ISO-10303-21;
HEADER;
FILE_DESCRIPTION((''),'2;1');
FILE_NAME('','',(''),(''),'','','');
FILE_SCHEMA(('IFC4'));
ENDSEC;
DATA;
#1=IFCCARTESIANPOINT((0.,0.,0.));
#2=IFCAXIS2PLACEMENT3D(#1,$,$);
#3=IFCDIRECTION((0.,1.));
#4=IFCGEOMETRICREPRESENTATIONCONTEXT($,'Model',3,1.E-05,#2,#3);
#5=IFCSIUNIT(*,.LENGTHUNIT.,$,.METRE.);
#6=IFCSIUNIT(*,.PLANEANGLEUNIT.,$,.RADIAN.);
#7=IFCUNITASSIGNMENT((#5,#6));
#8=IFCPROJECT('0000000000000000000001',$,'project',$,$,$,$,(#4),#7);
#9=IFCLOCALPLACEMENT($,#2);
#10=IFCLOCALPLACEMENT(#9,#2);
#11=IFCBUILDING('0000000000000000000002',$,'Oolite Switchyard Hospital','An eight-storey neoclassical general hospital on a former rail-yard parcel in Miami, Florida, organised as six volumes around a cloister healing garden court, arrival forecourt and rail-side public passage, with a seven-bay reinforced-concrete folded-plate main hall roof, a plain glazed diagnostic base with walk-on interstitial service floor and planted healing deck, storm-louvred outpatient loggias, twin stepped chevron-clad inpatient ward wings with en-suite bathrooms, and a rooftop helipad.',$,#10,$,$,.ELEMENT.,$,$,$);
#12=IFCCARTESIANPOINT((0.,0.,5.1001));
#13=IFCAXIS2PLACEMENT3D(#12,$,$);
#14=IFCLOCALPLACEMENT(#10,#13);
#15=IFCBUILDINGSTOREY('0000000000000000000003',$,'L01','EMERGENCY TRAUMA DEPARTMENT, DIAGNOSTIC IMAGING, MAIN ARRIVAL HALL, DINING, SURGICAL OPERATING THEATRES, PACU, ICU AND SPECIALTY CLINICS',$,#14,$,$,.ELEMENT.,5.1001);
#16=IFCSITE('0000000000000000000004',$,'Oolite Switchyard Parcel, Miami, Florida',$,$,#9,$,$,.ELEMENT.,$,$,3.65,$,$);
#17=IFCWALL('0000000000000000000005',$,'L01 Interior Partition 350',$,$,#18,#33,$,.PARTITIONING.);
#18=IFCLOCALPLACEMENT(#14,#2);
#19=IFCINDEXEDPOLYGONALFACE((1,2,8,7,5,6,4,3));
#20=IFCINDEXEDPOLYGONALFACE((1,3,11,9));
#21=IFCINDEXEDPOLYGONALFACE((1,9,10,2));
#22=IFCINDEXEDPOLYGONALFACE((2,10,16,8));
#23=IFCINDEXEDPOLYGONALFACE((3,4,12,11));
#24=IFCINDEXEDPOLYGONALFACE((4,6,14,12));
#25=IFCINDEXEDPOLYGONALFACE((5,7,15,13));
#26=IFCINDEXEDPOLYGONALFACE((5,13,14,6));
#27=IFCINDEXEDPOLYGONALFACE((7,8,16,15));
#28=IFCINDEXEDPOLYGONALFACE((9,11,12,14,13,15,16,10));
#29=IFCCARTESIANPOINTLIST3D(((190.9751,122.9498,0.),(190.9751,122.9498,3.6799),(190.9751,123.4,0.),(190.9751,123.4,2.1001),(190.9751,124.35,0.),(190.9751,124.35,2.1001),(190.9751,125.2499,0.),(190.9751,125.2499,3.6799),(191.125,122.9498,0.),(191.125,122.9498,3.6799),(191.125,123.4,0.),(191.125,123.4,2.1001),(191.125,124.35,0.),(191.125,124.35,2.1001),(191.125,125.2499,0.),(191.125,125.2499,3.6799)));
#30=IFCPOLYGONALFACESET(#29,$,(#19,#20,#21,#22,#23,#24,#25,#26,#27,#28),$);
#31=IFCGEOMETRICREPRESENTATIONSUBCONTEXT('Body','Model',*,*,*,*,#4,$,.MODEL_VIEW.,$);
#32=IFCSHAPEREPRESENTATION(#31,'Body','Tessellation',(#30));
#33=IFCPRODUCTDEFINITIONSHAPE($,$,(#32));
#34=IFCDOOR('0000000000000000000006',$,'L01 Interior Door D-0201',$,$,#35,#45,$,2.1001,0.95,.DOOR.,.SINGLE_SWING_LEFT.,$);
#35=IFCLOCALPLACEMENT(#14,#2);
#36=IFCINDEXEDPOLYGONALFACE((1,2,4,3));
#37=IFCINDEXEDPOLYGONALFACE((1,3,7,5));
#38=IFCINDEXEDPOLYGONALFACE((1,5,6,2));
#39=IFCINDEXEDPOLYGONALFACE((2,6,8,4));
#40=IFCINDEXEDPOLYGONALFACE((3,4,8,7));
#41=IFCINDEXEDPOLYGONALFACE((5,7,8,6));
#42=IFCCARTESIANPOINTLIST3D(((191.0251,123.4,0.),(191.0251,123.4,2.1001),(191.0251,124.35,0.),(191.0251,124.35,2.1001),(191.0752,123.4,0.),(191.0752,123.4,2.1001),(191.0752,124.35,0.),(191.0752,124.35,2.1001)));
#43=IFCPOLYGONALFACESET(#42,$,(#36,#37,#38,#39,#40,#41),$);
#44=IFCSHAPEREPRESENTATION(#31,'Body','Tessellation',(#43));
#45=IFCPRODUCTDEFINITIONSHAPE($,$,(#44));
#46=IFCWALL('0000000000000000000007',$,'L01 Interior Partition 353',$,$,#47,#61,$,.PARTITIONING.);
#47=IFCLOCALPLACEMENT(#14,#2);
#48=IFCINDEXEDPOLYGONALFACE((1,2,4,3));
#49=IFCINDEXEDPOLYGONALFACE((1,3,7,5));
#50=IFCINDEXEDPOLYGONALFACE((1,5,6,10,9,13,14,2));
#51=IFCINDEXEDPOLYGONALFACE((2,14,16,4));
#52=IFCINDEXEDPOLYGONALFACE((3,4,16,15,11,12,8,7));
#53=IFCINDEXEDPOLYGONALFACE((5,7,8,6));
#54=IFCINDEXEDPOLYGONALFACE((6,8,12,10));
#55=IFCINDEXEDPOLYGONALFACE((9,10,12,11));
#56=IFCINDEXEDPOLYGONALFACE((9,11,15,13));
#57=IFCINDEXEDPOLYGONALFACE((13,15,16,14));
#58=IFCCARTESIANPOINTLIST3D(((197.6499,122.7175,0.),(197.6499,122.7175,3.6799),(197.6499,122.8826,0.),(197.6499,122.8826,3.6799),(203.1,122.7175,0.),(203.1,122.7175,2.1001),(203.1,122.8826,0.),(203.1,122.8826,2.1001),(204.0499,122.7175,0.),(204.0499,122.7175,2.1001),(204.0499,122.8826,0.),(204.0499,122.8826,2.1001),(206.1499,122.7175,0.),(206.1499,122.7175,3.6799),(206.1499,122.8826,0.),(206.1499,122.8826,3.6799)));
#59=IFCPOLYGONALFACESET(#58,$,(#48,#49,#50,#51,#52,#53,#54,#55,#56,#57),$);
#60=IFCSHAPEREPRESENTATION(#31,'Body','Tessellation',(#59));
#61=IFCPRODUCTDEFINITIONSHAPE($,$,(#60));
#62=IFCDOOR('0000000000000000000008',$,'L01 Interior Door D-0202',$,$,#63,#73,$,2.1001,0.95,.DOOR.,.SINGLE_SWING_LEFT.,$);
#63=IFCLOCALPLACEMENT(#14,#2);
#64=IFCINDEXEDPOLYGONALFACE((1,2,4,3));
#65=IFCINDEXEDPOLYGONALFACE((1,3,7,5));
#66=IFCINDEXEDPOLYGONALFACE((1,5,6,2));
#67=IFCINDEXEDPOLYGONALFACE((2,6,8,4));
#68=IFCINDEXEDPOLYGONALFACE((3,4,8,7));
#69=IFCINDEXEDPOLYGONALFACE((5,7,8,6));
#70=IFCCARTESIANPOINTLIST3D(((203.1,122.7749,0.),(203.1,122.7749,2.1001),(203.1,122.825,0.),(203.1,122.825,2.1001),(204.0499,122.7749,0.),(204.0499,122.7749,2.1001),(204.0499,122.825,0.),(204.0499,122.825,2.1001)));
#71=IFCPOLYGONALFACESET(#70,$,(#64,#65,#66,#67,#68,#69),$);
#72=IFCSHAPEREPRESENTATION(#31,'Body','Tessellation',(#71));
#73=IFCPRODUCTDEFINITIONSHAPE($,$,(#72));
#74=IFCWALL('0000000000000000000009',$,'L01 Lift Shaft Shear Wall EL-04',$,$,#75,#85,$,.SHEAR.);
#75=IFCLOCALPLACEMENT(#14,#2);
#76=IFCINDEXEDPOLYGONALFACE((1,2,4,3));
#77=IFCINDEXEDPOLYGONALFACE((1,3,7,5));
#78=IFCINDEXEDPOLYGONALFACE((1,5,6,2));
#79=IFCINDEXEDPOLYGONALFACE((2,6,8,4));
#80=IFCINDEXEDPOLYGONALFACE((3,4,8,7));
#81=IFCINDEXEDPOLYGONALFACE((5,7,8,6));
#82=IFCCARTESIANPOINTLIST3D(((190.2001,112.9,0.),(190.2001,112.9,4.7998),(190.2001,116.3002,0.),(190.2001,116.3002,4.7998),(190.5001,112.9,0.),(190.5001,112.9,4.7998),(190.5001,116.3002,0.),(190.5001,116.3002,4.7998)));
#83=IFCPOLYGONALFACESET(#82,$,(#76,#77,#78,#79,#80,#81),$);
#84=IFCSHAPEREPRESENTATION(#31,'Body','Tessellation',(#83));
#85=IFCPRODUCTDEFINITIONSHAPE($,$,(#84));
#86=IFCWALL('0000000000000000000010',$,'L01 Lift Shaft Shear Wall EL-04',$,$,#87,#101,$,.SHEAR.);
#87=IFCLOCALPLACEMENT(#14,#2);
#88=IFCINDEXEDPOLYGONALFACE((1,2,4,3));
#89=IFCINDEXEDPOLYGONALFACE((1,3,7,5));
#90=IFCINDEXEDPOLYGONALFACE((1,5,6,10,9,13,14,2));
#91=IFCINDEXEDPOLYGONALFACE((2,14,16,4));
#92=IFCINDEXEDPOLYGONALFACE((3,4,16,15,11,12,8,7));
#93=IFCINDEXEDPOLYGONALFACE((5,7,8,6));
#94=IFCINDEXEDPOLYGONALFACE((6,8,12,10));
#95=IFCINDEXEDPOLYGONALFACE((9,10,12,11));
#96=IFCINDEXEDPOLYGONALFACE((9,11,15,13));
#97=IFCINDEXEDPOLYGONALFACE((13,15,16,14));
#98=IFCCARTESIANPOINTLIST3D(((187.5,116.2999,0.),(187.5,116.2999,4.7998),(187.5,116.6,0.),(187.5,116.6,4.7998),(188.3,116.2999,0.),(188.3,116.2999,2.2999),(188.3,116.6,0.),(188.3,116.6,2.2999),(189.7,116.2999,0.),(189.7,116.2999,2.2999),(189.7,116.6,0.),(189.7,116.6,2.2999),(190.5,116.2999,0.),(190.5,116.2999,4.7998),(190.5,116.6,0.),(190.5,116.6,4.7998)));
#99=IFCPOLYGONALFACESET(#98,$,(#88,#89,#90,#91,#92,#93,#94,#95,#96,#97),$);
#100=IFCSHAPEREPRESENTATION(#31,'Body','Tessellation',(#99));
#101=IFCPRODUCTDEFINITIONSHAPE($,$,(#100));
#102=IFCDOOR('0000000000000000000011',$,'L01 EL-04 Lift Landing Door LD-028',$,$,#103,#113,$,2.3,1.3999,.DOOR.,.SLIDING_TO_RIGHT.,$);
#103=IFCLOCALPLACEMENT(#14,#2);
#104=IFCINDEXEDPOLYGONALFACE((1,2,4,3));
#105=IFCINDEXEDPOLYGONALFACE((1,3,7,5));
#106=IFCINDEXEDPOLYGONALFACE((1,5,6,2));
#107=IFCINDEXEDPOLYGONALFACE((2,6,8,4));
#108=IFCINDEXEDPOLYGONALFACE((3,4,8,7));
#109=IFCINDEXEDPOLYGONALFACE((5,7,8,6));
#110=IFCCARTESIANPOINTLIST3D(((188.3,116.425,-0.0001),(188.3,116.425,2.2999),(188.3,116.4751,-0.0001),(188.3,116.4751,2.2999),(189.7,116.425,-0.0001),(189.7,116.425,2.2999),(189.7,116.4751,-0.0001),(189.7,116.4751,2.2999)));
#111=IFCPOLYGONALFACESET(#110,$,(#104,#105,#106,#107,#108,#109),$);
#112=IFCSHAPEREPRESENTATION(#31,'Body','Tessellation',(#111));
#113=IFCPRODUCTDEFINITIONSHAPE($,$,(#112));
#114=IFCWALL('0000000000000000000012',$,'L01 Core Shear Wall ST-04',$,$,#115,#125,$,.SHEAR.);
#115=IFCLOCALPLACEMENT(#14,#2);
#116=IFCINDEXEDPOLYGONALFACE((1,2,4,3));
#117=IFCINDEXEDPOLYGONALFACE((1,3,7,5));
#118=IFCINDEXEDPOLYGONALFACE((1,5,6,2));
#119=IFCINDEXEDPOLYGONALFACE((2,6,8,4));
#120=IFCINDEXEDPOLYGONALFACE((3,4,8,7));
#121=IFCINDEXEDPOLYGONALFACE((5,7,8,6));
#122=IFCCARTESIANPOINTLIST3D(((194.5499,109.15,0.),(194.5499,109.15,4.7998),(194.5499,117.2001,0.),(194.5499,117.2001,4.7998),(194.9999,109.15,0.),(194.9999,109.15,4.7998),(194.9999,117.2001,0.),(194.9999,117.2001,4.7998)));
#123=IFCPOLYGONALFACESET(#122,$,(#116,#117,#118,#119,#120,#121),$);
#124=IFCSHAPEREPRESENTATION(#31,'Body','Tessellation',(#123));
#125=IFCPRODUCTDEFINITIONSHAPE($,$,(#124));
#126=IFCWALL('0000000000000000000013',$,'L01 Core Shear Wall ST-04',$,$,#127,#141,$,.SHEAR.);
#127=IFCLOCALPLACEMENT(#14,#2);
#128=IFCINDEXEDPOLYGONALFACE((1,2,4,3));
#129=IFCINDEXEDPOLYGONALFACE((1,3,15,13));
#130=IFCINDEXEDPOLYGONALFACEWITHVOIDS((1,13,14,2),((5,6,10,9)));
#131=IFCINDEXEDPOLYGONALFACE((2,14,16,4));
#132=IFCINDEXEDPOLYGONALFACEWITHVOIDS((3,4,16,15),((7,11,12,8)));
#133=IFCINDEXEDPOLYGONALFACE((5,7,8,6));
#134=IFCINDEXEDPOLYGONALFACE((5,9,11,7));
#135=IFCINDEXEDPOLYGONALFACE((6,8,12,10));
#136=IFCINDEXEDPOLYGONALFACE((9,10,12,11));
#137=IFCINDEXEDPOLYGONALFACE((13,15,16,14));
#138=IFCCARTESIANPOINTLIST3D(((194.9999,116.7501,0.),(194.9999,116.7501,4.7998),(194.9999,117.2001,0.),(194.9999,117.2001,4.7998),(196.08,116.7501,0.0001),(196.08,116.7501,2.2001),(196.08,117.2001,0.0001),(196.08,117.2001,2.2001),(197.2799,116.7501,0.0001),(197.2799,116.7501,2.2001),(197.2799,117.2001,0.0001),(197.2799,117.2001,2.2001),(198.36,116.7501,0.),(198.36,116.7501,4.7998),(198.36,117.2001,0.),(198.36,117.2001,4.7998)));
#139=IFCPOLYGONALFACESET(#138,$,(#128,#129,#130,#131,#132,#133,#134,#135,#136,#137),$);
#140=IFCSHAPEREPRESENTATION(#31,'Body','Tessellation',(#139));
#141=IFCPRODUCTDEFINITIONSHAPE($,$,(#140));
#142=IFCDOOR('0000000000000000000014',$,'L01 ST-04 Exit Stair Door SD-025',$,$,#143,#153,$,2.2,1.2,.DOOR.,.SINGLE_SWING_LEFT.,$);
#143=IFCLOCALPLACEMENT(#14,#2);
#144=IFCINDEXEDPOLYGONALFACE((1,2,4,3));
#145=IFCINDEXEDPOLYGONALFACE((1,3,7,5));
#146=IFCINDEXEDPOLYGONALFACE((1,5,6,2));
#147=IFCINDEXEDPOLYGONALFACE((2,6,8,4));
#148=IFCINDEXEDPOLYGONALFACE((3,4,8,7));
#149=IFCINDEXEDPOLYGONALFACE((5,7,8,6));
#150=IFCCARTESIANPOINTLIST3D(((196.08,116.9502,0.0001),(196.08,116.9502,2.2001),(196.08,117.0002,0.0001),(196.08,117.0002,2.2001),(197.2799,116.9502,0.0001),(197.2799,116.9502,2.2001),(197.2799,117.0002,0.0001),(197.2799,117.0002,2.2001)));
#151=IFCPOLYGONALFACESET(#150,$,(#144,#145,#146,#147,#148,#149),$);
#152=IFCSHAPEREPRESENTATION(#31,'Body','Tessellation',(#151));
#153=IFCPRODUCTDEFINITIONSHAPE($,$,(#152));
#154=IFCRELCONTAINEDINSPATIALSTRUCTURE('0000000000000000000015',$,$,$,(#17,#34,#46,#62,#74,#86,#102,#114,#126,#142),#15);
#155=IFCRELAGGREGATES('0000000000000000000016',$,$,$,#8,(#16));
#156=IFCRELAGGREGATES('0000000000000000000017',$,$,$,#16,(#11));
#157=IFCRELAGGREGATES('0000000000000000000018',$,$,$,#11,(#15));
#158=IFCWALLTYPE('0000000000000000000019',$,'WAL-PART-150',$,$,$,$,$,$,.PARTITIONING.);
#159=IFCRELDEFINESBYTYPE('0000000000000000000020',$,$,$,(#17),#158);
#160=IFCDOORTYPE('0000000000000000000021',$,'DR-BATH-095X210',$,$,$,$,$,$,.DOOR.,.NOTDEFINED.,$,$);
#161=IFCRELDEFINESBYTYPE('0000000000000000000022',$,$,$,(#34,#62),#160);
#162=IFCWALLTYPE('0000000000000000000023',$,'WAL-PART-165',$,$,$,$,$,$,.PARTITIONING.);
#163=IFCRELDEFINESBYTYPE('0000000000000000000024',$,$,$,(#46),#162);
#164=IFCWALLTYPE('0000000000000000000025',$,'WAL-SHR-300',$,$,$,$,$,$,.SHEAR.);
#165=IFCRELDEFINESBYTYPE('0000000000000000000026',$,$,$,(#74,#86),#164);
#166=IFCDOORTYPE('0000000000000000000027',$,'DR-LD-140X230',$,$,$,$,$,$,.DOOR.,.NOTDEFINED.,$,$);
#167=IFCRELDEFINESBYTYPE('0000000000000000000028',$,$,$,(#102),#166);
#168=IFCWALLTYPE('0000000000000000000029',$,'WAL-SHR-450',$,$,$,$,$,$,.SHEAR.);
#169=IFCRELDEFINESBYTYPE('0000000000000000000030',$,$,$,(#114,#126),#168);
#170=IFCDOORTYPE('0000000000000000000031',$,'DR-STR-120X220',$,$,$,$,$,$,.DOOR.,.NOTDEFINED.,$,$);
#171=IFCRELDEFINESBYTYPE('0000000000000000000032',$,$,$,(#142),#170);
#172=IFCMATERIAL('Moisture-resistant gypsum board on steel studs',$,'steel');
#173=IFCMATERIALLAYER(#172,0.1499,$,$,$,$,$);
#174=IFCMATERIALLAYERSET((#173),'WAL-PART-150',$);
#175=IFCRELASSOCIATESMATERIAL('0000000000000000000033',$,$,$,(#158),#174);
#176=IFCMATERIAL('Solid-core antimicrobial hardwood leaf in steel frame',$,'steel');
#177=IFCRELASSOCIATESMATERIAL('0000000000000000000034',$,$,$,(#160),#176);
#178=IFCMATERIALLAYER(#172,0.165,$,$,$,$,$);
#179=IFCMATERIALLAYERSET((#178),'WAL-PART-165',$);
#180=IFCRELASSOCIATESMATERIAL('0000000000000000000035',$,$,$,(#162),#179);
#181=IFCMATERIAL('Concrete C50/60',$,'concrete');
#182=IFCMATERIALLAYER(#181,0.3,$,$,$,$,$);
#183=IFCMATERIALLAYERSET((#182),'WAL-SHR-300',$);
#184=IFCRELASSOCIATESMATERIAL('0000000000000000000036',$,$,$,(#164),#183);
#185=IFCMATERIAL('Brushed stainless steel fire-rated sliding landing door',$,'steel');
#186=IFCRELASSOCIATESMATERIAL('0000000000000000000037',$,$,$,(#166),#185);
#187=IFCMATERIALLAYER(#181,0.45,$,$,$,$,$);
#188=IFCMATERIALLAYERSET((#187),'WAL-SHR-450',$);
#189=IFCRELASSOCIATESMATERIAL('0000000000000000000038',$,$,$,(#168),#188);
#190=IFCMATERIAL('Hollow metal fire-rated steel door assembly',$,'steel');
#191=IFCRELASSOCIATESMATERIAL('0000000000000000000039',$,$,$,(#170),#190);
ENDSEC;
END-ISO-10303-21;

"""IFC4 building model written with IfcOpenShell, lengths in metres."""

from ifc_helpers import new_model, si_unit, direction, frame, frame_2d, origin, place, context, subcontext, project, spatial, rectangle, extrude, material, layer, layer_set, type_object, element, fill, save


model = new_model("IFC4")

# Units and contexts
model_context = context("Model", 3, precision=1e-05, world=origin(), true_north=direction((0.0, 1.0)))
body_context = subcontext(model_context, "Body", "Model", "MODEL_VIEW")
ifc_project = project(units=[si_unit("LENGTHUNIT", "METRE"), si_unit("PLANEANGLEUNIT", "RADIAN")], contexts=[model_context])

# Site, building, storey
site_placement = place(None, origin())
site = spatial("IfcSite", under=ifc_project, at=site_placement, Name="Oolite Switchyard Parcel, Miami, Florida", CompositionType="ELEMENT", RefElevation=3.65)
building_placement = place(site_placement, origin())
building = spatial("IfcBuilding", under=site, at=building_placement, Name="Oolite Switchyard Hospital", Description="An eight-storey neoclassical general hospital on a former rail-yard parcel in Miami, Florida, organised as six volumes around a cloister healing garden court, arrival forecourt and rail-side public passage, with a seven-bay reinforced-concrete folded-plate main hall roof, a plain glazed diagnostic base with walk-on interstitial service floor and planted healing deck, storm-louvred outpatient loggias, twin stepped chevron-clad inpatient ward wings with en-suite bathrooms, and a rooftop helipad.", CompositionType="ELEMENT")
storey_placement = place(building_placement, frame((0.0, 0.0, 5.1001)))
storey = spatial("IfcBuildingStorey", under=building, at=storey_placement, Name="L01", Description="EMERGENCY TRAUMA DEPARTMENT, DIAGNOSTIC IMAGING, MAIN ARRIVAL HALL, DINING, SURGICAL OPERATING THEATRES, PACU, ICU AND SPECIALTY CLINICS", CompositionType="ELEMENT", Elevation=5.1001)

# Shared definitions
ifc_material_1 = material(Name="Concrete C50/60", Category="concrete")

# Shared definitions
ifc_material_2 = material(Name="Moisture-resistant gypsum board on steel studs", Category="steel")

# Walls, openings, doors
ifc_layer_1 = layer(ifc_material_2, 0.1499)
ifc_layer_set_1 = layer_set([ifc_layer_1], Name="WAL-PART-150")
wall_type_1 = type_object("IfcWallType", Name="WAL-PART-150", PredefinedType="PARTITIONING", material=ifc_layer_set_1)
wall_1_placement = place(storey_placement, frame((191.05, 122.95, 0.0), z_axis=(0.0, 0.0, 1.0), x_axis=(0.0, 1.0, 0.0)))
wall_1 = element("IfcWall", 1, at=wall_1_placement, inside=storey, type_object=wall_type_1, Name="L01 Interior Partition 350", PredefinedType="PARTITIONING", context=body_context, shape_type="SweptSolid", body=[
    extrude(rectangle(XDim=2.3, YDim=0.1499, at=frame_2d((1.1499, 0.0))), origin(), (0.0, 0.0, 1.0), 3.6799),
])
opening_1_placement = place(wall_1_placement, frame((0.45, 0.0, 0.0)))
opening_1 = element("IfcOpeningElement", 2, at=opening_1_placement, cuts=wall_1, PredefinedType="OPENING", context=body_context, shape_type="SweptSolid", body=[
    extrude(rectangle(XDim=0.95, YDim=2.1001, at=frame_2d((0.4751, 1.05))), frame((0.0, 0.085, 0.0), z_axis=(0.0, -1.0, 0.0), x_axis=(1.0, 0.0, 0.0)), (0.0, 0.0, 1.0), 0.1699),
])
ifc_material_3 = material(Name="Solid-core antimicrobial hardwood leaf in steel frame", Category="steel")
door_type_1 = type_object("IfcDoorType", Name="DR-BATH-095X210", OperationType="NOTDEFINED", PredefinedType="DOOR", material=ifc_material_3)
door_1_placement = place(opening_1_placement, origin())
door_1 = element("IfcDoor", 3, at=door_1_placement, inside=storey, type_object=door_type_1, Name="L01 Interior Door D-0201", OperationType="SINGLE_SWING_LEFT", OverallHeight=2.1001, OverallWidth=0.95, PredefinedType="DOOR", context=body_context, shape_type="SweptSolid", body=[
    extrude(rectangle(XDim=0.95, YDim=2.1001, at=frame_2d((0.4751, 1.05))), frame((0.0, 0.0249, 0.0), z_axis=(0.0, -1.0, 0.0), x_axis=(1.0, 0.0, 0.0)), (0.0, 0.0, 1.0), 0.05),
])
fill(opening_1, door_1)
ifc_layer_2 = layer(ifc_material_2, 0.165)
ifc_layer_set_2 = layer_set([ifc_layer_2], Name="WAL-PART-165")
wall_type_2 = type_object("IfcWallType", Name="WAL-PART-165", PredefinedType="PARTITIONING", material=ifc_layer_set_2)
wall_2_placement = place(storey_placement, frame((197.6499, 122.8, 0.0), z_axis=(0.0, 0.0, 1.0), x_axis=(1.0, 0.0, 0.0)))
wall_2 = element("IfcWall", 4, at=wall_2_placement, inside=storey, type_object=wall_type_2, Name="L01 Interior Partition 353", PredefinedType="PARTITIONING", context=body_context, shape_type="SweptSolid", body=[
    extrude(rectangle(XDim=8.5, YDim=0.165, at=frame_2d((4.25, 0.0))), origin(), (0.0, 0.0, 1.0), 3.6799),
])
opening_2_placement = place(wall_2_placement, frame((5.45, 0.0, 0.0)))
opening_2 = element("IfcOpeningElement", 5, at=opening_2_placement, cuts=wall_2, PredefinedType="OPENING", context=body_context, shape_type="SweptSolid", body=[
    extrude(rectangle(XDim=0.95, YDim=2.1001, at=frame_2d((0.4751, 1.05))), frame((0.0, 0.0925, 0.0), z_axis=(0.0, -1.0, 0.0), x_axis=(1.0, 0.0, 0.0)), (0.0, 0.0, 1.0), 0.1851),
])
door_2_placement = place(opening_2_placement, origin())
door_2 = element("IfcDoor", 6, at=door_2_placement, inside=storey, type_object=door_type_1, Name="L01 Interior Door D-0202", OperationType="SINGLE_SWING_LEFT", OverallHeight=2.1001, OverallWidth=0.95, PredefinedType="DOOR", context=body_context, shape_type="SweptSolid", body=[
    extrude(rectangle(XDim=0.95, YDim=2.1001, at=frame_2d((0.4751, 1.05))), frame((0.0, 0.0249, 0.0), z_axis=(0.0, -1.0, 0.0), x_axis=(1.0, 0.0, 0.0)), (0.0, 0.0, 1.0), 0.05),
])
fill(opening_2, door_2)

# Wall
ifc_layer_3 = layer(ifc_material_1, 0.3)
ifc_layer_set_3 = layer_set([ifc_layer_3], Name="WAL-SHR-300")
wall_type_3 = type_object("IfcWallType", Name="WAL-SHR-300", PredefinedType="SHEAR", material=ifc_layer_set_3)
wall_3_placement = place(storey_placement, frame((190.3501, 112.8999, 0.0), z_axis=(0.0, 0.0, 1.0), x_axis=(0.0, 1.0, 0.0)))
element("IfcWall", 7, at=wall_3_placement, inside=storey, type_object=wall_type_3, Name="L01 Lift Shaft Shear Wall EL-04", PredefinedType="SHEAR", context=body_context, shape_type="SweptSolid", body=[
    extrude(rectangle(XDim=3.4001, YDim=0.3, at=frame_2d((1.7002, 0.0))), origin(), (0.0, 0.0, 1.0), 4.7998),
])

# Wall, opening, door
wall_4_placement = place(storey_placement, frame((190.5, 116.45, 0.0), z_axis=(0.0, 0.0, 1.0), x_axis=(-1.0, 0.0, 0.0)))
wall_4 = element("IfcWall", 8, at=wall_4_placement, inside=storey, type_object=wall_type_3, Name="L01 Lift Shaft Shear Wall EL-04", PredefinedType="SHEAR", context=body_context, shape_type="SweptSolid", body=[
    extrude(rectangle(XDim=3.0, YDim=0.3, at=frame_2d((1.5, 0.0))), origin(), (0.0, 0.0, 1.0), 4.7998),
])
opening_3_placement = place(wall_4_placement, frame((0.8, 0.0, 0.0)))
opening_3 = element("IfcOpeningElement", 9, at=opening_3_placement, cuts=wall_4, PredefinedType="OPENING", context=body_context, shape_type="SweptSolid", body=[
    extrude(rectangle(XDim=1.3999, YDim=2.3, at=frame_2d((0.7, 1.1499))), frame((0.0, 0.1602, 0.0), z_axis=(0.0, -1.0, 0.0), x_axis=(1.0, 0.0, 0.0)), (0.0, 0.0, 1.0), 0.3201),
])
ifc_material_4 = material(Name="Brushed stainless steel fire-rated sliding landing door", Category="steel")
door_type_2 = type_object("IfcDoorType", Name="DR-LD-140X230", OperationType="NOTDEFINED", PredefinedType="DOOR", material=ifc_material_4)
door_3_placement = place(opening_3_placement, origin())
door_3 = element("IfcDoor", 10, at=door_3_placement, inside=storey, type_object=door_type_2, Name="L01 EL-04 Lift Landing Door LD-028", OperationType="SLIDING_TO_RIGHT", OverallHeight=2.3, OverallWidth=1.3999, PredefinedType="DOOR", context=body_context, shape_type="SweptSolid", body=[
    extrude(rectangle(XDim=1.3999, YDim=2.3, at=frame_2d((0.7, 1.1499))), frame((0.0, 0.0249, 0.0), z_axis=(0.0, -1.0, 0.0), x_axis=(1.0, 0.0, 0.0)), (0.0, 0.0, 1.0), 0.05),
])
fill(opening_3, door_3)

# Wall
ifc_layer_4 = layer(ifc_material_1, 0.45)
ifc_layer_set_4 = layer_set([ifc_layer_4], Name="WAL-SHR-450")
wall_type_4 = type_object("IfcWallType", Name="WAL-SHR-450", PredefinedType="SHEAR", material=ifc_layer_set_4)
wall_5_placement = place(storey_placement, frame((194.7749, 117.2, 0.0), z_axis=(0.0, 0.0, 1.0), x_axis=(0.0, -1.0, 0.0)))
element("IfcWall", 11, at=wall_5_placement, inside=storey, type_object=wall_type_4, Name="L01 Core Shear Wall ST-04", PredefinedType="SHEAR", context=body_context, shape_type="SweptSolid", body=[
    extrude(rectangle(XDim=8.05, YDim=0.45, at=frame_2d((4.0249, 0.0))), origin(), (0.0, 0.0, 1.0), 4.7998),
])

# Wall, opening, door
wall_6_placement = place(storey_placement, frame((198.3601, 116.9751, 0.0), z_axis=(0.0, 0.0, 1.0), x_axis=(-1.0, 0.0, 0.0)))
wall_6 = element("IfcWall", 12, at=wall_6_placement, inside=storey, type_object=wall_type_4, Name="L01 Core Shear Wall ST-04", PredefinedType="SHEAR", context=body_context, shape_type="SweptSolid", body=[
    extrude(rectangle(XDim=3.3601, YDim=0.45, at=frame_2d((1.6802, 0.0))), origin(), (0.0, 0.0, 1.0), 4.7998),
])
opening_4_placement = place(wall_6_placement, frame((1.0801, 0.0, 0.0)))
opening_4 = element("IfcOpeningElement", 13, at=opening_4_placement, cuts=wall_6, PredefinedType="OPENING", context=body_context, shape_type="SweptSolid", body=[
    extrude(rectangle(XDim=1.2, YDim=2.2, at=frame_2d((0.6001, 1.1001))), frame((0.0, 0.2349, 0.0), z_axis=(0.0, -1.0, 0.0), x_axis=(1.0, 0.0, 0.0)), (0.0, 0.0, 1.0), 0.47),
])
ifc_material_5 = material(Name="Hollow metal fire-rated steel door assembly", Category="steel")
door_type_3 = type_object("IfcDoorType", Name="DR-STR-120X220", OperationType="NOTDEFINED", PredefinedType="DOOR", material=ifc_material_5)
door_4_placement = place(opening_4_placement, origin())
door_4 = element("IfcDoor", 14, at=door_4_placement, inside=storey, type_object=door_type_3, Name="L01 ST-04 Exit Stair Door SD-025", OperationType="SINGLE_SWING_LEFT", OverallHeight=2.2, OverallWidth=1.2, PredefinedType="DOOR", context=body_context, shape_type="SweptSolid", body=[
    extrude(rectangle(XDim=1.2, YDim=2.2, at=frame_2d((0.6001, 1.1001))), frame((0.0, 0.0249, 0.0), z_axis=(0.0, -1.0, 0.0), x_axis=(1.0, 0.0, 0.0)), (0.0, 0.0, 1.0), 0.05),
])
fill(opening_4, door_4)

save(model, "model.ifc")
